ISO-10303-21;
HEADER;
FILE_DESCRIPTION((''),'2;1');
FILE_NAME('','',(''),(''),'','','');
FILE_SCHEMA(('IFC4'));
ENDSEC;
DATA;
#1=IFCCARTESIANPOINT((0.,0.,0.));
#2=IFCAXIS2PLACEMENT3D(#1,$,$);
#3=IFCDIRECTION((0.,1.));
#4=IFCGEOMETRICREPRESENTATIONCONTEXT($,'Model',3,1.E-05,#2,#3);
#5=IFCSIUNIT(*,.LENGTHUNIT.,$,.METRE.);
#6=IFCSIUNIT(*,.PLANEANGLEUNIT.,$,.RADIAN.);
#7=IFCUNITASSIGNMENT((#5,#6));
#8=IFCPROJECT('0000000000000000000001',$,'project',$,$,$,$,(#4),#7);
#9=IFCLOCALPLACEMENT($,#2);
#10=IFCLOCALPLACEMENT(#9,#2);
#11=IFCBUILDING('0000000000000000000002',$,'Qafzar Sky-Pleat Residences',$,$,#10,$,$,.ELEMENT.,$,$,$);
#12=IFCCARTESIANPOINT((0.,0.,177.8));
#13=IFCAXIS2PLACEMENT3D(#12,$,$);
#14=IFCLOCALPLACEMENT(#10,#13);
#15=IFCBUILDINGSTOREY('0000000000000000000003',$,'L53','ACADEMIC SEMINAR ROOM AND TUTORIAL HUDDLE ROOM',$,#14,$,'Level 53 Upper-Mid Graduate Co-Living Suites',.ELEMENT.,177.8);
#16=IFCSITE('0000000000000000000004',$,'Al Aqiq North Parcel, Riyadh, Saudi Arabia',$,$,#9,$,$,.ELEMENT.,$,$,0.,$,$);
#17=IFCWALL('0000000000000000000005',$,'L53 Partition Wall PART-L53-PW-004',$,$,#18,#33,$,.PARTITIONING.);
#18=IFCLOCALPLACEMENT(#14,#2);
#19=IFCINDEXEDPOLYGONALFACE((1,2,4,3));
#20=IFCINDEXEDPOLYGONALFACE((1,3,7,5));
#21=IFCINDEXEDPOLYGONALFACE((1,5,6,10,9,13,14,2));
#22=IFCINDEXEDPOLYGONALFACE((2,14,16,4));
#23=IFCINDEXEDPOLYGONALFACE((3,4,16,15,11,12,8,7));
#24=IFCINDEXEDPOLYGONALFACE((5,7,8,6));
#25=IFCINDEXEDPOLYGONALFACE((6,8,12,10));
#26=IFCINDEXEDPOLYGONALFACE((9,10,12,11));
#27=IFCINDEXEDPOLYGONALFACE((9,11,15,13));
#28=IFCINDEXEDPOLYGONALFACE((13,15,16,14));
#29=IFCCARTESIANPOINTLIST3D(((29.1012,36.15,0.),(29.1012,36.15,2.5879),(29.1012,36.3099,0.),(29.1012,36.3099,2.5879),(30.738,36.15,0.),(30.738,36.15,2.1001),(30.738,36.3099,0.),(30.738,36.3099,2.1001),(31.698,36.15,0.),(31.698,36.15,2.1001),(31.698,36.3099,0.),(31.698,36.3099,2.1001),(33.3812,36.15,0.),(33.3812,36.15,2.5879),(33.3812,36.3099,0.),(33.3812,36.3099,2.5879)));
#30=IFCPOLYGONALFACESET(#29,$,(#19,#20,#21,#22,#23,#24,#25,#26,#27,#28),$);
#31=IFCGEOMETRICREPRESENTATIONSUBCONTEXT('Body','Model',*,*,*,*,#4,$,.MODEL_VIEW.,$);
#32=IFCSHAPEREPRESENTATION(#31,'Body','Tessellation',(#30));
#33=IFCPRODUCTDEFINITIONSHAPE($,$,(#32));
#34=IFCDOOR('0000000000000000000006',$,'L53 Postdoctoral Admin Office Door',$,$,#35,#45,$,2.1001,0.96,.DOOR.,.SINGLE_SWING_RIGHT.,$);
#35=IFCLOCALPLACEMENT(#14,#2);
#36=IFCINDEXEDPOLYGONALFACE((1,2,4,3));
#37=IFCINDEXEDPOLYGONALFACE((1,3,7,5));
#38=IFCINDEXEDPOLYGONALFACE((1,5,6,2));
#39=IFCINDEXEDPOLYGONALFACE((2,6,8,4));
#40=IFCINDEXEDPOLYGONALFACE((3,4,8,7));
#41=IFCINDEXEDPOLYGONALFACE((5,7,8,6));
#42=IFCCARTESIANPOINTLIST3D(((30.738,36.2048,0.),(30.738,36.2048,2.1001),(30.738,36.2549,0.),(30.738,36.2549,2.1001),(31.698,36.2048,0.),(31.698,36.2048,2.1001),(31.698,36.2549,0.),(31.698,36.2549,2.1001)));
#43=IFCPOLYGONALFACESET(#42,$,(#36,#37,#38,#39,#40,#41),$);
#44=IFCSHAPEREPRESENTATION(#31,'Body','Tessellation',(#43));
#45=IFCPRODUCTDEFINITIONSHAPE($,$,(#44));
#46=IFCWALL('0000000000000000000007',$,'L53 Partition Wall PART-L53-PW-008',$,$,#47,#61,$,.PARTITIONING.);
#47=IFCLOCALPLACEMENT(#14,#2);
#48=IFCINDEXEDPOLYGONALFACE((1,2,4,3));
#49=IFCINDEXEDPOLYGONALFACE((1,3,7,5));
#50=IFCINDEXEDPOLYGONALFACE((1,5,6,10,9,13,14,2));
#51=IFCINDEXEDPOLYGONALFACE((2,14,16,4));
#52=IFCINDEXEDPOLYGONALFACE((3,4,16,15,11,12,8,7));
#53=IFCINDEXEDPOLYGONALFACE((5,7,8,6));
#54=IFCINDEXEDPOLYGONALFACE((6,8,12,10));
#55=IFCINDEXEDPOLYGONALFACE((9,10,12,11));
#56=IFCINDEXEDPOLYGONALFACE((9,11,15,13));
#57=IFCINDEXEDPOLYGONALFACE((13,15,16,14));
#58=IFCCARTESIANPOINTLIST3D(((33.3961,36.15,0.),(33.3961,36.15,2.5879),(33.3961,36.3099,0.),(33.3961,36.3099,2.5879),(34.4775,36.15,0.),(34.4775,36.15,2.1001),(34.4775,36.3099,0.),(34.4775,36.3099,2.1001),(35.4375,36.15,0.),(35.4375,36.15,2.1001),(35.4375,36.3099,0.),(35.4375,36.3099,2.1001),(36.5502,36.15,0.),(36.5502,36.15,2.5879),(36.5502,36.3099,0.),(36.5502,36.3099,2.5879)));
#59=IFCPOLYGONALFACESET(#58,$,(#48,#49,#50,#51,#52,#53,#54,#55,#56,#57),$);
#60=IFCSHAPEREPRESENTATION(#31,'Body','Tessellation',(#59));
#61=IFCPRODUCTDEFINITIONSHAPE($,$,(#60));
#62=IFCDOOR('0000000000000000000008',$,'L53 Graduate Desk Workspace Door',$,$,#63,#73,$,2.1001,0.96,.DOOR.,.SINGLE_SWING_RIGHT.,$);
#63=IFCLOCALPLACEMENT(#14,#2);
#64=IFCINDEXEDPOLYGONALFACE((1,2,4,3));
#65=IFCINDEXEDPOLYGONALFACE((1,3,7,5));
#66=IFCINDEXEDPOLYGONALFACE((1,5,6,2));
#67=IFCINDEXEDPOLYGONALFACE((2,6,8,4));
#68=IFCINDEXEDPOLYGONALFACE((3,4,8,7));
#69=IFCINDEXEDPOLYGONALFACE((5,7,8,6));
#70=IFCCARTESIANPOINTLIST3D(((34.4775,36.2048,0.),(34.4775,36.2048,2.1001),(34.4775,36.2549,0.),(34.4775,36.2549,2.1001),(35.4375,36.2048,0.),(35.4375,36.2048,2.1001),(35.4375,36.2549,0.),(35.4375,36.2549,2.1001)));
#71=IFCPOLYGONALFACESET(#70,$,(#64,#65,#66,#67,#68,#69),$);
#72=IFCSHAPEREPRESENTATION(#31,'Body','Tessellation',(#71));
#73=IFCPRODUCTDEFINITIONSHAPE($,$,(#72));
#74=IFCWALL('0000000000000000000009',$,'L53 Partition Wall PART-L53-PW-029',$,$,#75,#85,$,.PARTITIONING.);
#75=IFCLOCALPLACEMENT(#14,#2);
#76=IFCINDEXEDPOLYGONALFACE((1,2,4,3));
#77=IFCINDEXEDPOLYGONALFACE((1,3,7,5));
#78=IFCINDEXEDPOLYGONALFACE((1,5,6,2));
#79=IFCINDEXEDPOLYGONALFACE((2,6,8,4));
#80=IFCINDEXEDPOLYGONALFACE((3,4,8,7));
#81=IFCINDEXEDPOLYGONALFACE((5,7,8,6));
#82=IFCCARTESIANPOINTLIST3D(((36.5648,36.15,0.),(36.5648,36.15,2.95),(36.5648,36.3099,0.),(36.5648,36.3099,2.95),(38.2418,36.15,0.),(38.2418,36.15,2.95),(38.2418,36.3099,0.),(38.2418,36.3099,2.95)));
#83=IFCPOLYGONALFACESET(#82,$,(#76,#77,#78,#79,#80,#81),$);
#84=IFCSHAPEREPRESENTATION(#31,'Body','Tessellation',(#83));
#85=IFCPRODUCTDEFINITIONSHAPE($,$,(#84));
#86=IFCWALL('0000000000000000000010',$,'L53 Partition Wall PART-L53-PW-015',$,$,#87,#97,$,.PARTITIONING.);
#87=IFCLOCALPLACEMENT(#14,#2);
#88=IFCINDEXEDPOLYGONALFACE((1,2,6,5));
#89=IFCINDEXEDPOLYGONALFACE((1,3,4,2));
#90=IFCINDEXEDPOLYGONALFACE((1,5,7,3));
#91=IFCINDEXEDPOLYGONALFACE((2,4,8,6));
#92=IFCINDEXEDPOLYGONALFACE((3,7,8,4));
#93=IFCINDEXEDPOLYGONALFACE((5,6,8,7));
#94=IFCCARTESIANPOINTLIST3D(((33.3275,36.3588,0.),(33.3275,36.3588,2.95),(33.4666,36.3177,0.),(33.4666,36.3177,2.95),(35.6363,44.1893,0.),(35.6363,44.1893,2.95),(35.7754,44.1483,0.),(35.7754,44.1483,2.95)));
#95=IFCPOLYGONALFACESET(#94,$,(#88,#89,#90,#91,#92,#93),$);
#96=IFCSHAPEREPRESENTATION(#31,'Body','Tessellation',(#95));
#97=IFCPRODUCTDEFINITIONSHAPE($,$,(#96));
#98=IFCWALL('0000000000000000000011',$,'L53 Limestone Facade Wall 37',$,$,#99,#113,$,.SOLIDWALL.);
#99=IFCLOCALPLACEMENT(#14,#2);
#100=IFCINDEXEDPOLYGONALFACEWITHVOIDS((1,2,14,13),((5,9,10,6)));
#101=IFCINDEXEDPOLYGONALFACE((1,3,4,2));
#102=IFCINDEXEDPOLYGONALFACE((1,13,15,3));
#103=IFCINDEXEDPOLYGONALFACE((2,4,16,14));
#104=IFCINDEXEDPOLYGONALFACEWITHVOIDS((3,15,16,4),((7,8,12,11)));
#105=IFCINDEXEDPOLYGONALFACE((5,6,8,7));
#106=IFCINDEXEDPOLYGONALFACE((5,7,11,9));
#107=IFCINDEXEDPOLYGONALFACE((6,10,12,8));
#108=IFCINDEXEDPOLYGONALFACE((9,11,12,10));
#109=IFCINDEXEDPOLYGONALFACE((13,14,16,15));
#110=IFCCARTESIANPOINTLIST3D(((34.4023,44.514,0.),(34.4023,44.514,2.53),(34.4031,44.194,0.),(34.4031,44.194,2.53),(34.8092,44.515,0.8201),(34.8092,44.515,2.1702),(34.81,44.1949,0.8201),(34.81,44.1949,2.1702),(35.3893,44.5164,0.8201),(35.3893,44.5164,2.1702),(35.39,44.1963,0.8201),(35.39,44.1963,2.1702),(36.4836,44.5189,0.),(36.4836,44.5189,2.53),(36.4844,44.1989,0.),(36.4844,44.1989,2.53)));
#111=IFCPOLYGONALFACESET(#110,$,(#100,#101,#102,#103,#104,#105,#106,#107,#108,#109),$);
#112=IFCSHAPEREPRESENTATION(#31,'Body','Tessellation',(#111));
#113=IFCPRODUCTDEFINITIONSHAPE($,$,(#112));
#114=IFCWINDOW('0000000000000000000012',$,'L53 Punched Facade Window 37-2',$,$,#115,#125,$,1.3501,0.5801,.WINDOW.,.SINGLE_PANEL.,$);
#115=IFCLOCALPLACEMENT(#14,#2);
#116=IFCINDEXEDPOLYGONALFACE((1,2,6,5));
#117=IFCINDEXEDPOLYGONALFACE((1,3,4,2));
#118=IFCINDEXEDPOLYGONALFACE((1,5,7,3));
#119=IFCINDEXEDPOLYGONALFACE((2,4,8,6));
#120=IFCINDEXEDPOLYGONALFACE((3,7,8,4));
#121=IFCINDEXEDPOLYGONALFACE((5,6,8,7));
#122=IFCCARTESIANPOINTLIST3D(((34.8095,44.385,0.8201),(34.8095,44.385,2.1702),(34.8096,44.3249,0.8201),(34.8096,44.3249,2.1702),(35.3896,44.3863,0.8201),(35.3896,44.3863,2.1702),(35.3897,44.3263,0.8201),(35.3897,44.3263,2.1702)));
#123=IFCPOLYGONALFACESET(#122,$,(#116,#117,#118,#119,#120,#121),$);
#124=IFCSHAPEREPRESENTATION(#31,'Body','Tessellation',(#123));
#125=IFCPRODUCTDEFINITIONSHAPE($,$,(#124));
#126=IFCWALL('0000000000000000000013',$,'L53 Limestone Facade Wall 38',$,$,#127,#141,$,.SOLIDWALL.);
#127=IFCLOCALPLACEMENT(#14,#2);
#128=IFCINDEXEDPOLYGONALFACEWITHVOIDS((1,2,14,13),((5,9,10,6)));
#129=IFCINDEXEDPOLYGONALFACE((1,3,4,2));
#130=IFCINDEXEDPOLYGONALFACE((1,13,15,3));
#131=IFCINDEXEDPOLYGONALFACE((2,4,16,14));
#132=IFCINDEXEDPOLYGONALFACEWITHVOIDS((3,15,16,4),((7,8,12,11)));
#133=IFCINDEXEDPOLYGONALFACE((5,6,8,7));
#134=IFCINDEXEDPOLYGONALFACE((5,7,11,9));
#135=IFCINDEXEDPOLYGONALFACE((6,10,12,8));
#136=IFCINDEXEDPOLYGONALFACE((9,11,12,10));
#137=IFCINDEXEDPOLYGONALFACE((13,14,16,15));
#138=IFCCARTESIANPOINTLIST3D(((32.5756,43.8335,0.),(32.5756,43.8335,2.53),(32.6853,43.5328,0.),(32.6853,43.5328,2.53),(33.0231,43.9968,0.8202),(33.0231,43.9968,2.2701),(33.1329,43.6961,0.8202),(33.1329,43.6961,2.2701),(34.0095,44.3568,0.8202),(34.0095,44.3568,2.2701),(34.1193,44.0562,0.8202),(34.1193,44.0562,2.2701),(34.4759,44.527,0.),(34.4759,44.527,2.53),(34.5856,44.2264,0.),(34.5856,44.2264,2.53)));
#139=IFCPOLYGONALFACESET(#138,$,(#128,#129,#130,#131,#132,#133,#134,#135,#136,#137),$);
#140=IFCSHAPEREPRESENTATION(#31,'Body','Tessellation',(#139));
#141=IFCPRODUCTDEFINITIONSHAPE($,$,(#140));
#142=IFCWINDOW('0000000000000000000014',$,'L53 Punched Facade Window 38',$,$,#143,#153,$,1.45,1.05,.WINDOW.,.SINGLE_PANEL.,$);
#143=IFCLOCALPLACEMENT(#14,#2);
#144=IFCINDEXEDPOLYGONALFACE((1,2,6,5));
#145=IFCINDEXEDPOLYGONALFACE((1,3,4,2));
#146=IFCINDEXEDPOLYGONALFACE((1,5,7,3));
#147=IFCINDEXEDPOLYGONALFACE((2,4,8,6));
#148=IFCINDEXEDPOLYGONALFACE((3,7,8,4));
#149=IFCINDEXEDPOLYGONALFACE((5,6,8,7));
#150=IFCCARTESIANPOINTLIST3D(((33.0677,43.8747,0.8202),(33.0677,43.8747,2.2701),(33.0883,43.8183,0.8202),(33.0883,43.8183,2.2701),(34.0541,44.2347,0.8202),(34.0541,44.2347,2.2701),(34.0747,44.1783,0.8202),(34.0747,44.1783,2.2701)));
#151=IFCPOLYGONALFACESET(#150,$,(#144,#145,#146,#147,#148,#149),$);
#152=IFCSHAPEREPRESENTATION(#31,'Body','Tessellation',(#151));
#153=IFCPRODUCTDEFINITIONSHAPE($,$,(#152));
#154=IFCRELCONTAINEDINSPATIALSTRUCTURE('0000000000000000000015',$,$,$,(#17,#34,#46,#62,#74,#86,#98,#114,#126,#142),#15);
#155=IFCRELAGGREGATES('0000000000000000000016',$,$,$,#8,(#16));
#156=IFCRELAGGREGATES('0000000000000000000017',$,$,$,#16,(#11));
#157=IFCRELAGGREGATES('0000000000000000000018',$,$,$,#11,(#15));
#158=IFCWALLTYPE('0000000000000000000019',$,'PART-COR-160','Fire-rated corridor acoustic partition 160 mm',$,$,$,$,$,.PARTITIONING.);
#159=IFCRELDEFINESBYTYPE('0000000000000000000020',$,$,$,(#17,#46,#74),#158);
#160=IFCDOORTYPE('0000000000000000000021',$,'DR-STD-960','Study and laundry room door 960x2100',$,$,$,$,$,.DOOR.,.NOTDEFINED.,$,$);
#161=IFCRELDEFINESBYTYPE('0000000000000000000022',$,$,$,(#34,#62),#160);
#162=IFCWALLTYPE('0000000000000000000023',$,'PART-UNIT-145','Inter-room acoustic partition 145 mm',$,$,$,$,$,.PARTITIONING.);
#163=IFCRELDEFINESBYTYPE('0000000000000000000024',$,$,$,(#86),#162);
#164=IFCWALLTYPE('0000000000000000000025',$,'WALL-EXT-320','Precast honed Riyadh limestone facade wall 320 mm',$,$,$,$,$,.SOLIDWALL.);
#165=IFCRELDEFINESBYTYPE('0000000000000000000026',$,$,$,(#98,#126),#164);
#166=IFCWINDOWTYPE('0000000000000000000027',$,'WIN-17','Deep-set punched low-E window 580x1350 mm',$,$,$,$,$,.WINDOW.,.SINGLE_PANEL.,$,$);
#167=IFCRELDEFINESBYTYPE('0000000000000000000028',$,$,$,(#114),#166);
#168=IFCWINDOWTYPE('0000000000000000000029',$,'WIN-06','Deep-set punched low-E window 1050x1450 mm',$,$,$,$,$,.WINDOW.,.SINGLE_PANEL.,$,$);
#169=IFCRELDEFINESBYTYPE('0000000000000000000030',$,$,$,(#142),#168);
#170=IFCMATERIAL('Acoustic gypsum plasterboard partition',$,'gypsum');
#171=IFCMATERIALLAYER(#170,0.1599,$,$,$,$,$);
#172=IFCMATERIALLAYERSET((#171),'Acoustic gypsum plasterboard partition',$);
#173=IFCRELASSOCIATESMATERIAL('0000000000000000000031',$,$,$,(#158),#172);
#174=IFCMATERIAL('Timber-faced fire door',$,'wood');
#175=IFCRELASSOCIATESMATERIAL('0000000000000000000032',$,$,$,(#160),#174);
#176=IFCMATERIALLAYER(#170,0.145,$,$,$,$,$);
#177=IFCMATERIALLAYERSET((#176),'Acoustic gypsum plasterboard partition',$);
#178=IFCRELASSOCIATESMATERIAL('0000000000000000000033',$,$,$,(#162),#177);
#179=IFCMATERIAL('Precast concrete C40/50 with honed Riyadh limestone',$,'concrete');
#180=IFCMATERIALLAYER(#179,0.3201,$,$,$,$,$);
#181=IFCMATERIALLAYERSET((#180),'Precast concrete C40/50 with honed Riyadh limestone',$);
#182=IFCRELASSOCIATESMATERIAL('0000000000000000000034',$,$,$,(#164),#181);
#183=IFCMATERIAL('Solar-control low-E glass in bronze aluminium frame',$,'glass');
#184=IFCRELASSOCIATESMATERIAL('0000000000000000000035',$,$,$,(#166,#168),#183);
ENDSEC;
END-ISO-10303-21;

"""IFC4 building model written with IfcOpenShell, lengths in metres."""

from ifc_helpers import new_model, si_unit, direction, frame, frame_2d, origin, place, context, subcontext, project, spatial, rectangle, extrude, source, transform, mapped, material, layer, layer_set, type_object, element, fill, save


model = new_model("IFC4")

# Units and contexts
model_context = context("Model", 3, precision=1e-05, world=origin(), true_north=direction((0.0, 1.0)))
body_context = subcontext(model_context, "Body", "Model", "MODEL_VIEW")
ifc_project = project(units=[si_unit("LENGTHUNIT", "METRE"), si_unit("PLANEANGLEUNIT", "RADIAN")], contexts=[model_context])

# Site, building, storey
site_placement = place(None, origin())
site = spatial("IfcSite", under=ifc_project, at=site_placement, Name="Al Aqiq North Parcel, Riyadh, Saudi Arabia", CompositionType="ELEMENT", RefElevation=0.0)
building_placement = place(site_placement, origin())
building = spatial("IfcBuilding", under=site, at=building_placement, Name="Qafzar Sky-Pleat Residences", CompositionType="ELEMENT")
storey_placement = place(building_placement, frame((0.0, 0.0, 177.8)))
storey = spatial("IfcBuildingStorey", under=building, at=storey_placement, Name="L53", Description="ACADEMIC SEMINAR ROOM AND TUTORIAL HUDDLE ROOM", LongName="Level 53 Upper-Mid Graduate Co-Living Suites", CompositionType="ELEMENT", Elevation=177.8)

# Walls, openings, doors
ifc_material_1 = material(Name="Acoustic gypsum plasterboard partition", Category="gypsum")
ifc_layer_1 = layer(ifc_material_1, 0.1599)
ifc_layer_set_1 = layer_set([ifc_layer_1], Name="Acoustic gypsum plasterboard partition")
wall_type_1 = type_object("IfcWallType", Name="PART-COR-160", Description="Fire-rated corridor acoustic partition 160 mm", PredefinedType="PARTITIONING", material=ifc_layer_set_1)
wall_1_placement = place(storey_placement, frame((29.1011, 36.23, 0.0), z_axis=(0.0, 0.0, 1.0), x_axis=(1.0, 0.0, 0.0)))
wall_1 = element("IfcWall", 1, at=wall_1_placement, inside=storey, type_object=wall_type_1, Name="L53 Partition Wall PART-L53-PW-004", PredefinedType="PARTITIONING", context=body_context, shape_type="SweptSolid", body=[
    extrude(rectangle(XDim=4.28, YDim=0.1599, at=frame_2d((2.1401, 0.0))), origin(), (0.0, 0.0, 1.0), 2.5879),
])
opening_1_placement = place(wall_1_placement, frame((1.637, 0.0, 0.0)))
opening_1 = element("IfcOpeningElement", 2, at=opening_1_placement, cuts=wall_1, PredefinedType="OPENING", context=body_context, shape_type="SweptSolid", body=[
    extrude(rectangle(XDim=0.96, YDim=2.1001, at=frame_2d((0.48, 1.05))), frame((0.0, 0.0898, 0.0), z_axis=(0.0, -1.0, 0.0), x_axis=(1.0, 0.0, 0.0)), (0.0, 0.0, 1.0), 0.1799),
])
ifc_material_2 = material(Name="Timber-faced fire door", Category="wood")
door_type_1 = type_object("IfcDoorType", Name="DR-STD-960", Description="Study and laundry room door 960x2100", OperationType="NOTDEFINED", PredefinedType="DOOR", material=ifc_material_2)
shared_shape_1 = source(origin(), body_context, "Body", "SweptSolid", [
    extrude(rectangle(XDim=0.96, YDim=2.1001, at=frame_2d((0.48, 1.05))), frame((0.0, 0.0249, 0.0), z_axis=(0.0, -1.0, 0.0), x_axis=(1.0, 0.0, 0.0)), (0.0, 0.0, 1.0), 0.05),
])
door_1_placement = place(opening_1_placement, origin())
door_1 = element("IfcDoor", 3, at=door_1_placement, inside=storey, type_object=door_type_1, Name="L53 Postdoctoral Admin Office Door", OperationType="SINGLE_SWING_RIGHT", OverallHeight=2.1001, OverallWidth=0.96, PredefinedType="DOOR", context=body_context, shape_type="MappedRepresentation", body=[
    mapped(shared_shape_1, transform((0.0, 0.0, 0.0), x_axis=(1.0, 0.0, 0.0), y_axis=(0.0, 1.0, 0.0), z_axis=(0.0, 0.0, 1.0), scale=1.0)),
])
fill(opening_1, door_1)
wall_2_placement = place(storey_placement, frame((33.396, 36.23, 0.0), z_axis=(0.0, 0.0, 1.0), x_axis=(1.0, 0.0, 0.0)))
wall_2 = element("IfcWall", 4, at=wall_2_placement, inside=storey, type_object=wall_type_1, Name="L53 Partition Wall PART-L53-PW-008", PredefinedType="PARTITIONING", context=body_context, shape_type="SweptSolid", body=[
    extrude(rectangle(XDim=3.1541, YDim=0.1599, at=frame_2d((1.5771, 0.0))), origin(), (0.0, 0.0, 1.0), 2.5879),
])
opening_2_placement = place(wall_2_placement, frame((1.0815, 0.0, 0.0)))
opening_2 = element("IfcOpeningElement", 5, at=opening_2_placement, cuts=wall_2, PredefinedType="OPENING", context=body_context, shape_type="SweptSolid", body=[
    extrude(rectangle(XDim=0.96, YDim=2.1001, at=frame_2d((0.48, 1.05))), frame((0.0, 0.0898, 0.0), z_axis=(0.0, -1.0, 0.0), x_axis=(1.0, 0.0, 0.0)), (0.0, 0.0, 1.0), 0.1799),
])
door_2_placement = place(opening_2_placement, origin())
door_2 = element("IfcDoor", 6, at=door_2_placement, inside=storey, type_object=door_type_1, Name="L53 Graduate Desk Workspace Door", OperationType="SINGLE_SWING_RIGHT", OverallHeight=2.1001, OverallWidth=0.96, PredefinedType="DOOR", context=body_context, shape_type="MappedRepresentation", body=[
    mapped(shared_shape_1, transform((0.0, 0.0, 0.0), x_axis=(1.0, 0.0, 0.0), y_axis=(0.0, 1.0, 0.0), z_axis=(0.0, 0.0, 1.0), scale=1.0)),
])
fill(opening_2, door_2)

# Walls
wall_3_placement = place(storey_placement, frame((36.5649, 36.23, 0.0), z_axis=(0.0, 0.0, 1.0), x_axis=(1.0, 0.0, 0.0)))
element("IfcWall", 7, at=wall_3_placement, inside=storey, type_object=wall_type_1, Name="L53 Partition Wall PART-L53-PW-029", PredefinedType="PARTITIONING", context=body_context, shape_type="SweptSolid", body=[
    extrude(rectangle(XDim=1.677, YDim=0.1599, at=frame_2d((0.8384, 0.0))), origin(), (0.0, 0.0, 1.0), 2.95),
])
ifc_layer_2 = layer(ifc_material_1, 0.145)
ifc_layer_set_2 = layer_set([ifc_layer_2], Name="Acoustic gypsum plasterboard partition")
wall_type_2 = type_object("IfcWallType", Name="PART-UNIT-145", Description="Inter-room acoustic partition 145 mm", PredefinedType="PARTITIONING", material=ifc_layer_set_2)
wall_4_placement = place(storey_placement, frame((33.397, 36.3381, 0.0), z_axis=(0.0, 0.0, 1.0), x_axis=(0.282812, 0.959175, 0.0)))
element("IfcWall", 8, at=wall_4_placement, inside=storey, type_object=wall_type_2, Name="L53 Partition Wall PART-L53-PW-015", PredefinedType="PARTITIONING", context=body_context, shape_type="SweptSolid", body=[
    extrude(rectangle(XDim=8.1638, YDim=0.145, at=frame_2d((4.082, 0.0))), origin(), (0.0, 0.0, 1.0), 2.95),
])

# Walls, openings, windows
ifc_material_3 = material(Name="Precast concrete C40/50 with honed Riyadh limestone", Category="concrete")
ifc_layer_3 = layer(ifc_material_3, 0.3201)
ifc_layer_set_3 = layer_set([ifc_layer_3], Name="Precast concrete C40/50 with honed Riyadh limestone")
wall_type_3 = type_object("IfcWallType", Name="WALL-EXT-320", Description="Precast honed Riyadh limestone facade wall 320 mm", PredefinedType="SOLIDWALL", material=ifc_layer_set_3)
wall_5_placement = place(storey_placement, frame((36.4839, 44.3589, 0.0), z_axis=(0.0, 0.0, 1.0), x_axis=(-0.999997, -0.002346, 0.0)))
wall_5 = element("IfcWall", 9, at=wall_5_placement, inside=storey, type_object=wall_type_3, Name="L53 Limestone Facade Wall 37", PredefinedType="SOLIDWALL", context=body_context, shape_type="SweptSolid", body=[
    extrude(rectangle(XDim=2.0813, YDim=0.3201, at=frame_2d((1.0405, 0.0))), origin(), (0.0, 0.0, 1.0), 2.53),
])
opening_3_placement = place(wall_5_placement, frame((1.0942, 0.0, 0.8201)))
opening_3 = element("IfcOpeningElement", 10, at=opening_3_placement, cuts=wall_5, PredefinedType="OPENING", context=body_context, shape_type="SweptSolid", body=[
    extrude(rectangle(XDim=0.5801, YDim=1.3501, at=frame_2d((0.29, 0.675))), frame((0.0, 0.1699, 0.0), z_axis=(0.0, -1.0, 0.0), x_axis=(1.0, 0.0, 0.0)), (0.0, 0.0, 1.0), 0.3401),
])
ifc_material_4 = material(Name="Solar-control low-E glass in bronze aluminium frame", Category="glass")
window_type_1 = type_object("IfcWindowType", Name="WIN-17", Description="Deep-set punched low-E window 580x1350 mm", PartitioningType="SINGLE_PANEL", PredefinedType="WINDOW", material=ifc_material_4)
shared_shape_2 = source(origin(), body_context, "Body", "SweptSolid", [
    extrude(rectangle(XDim=0.5801, YDim=1.3501, at=frame_2d((0.29, 0.675))), frame((0.0, 0.03, 0.0), z_axis=(0.0, -1.0, 0.0), x_axis=(1.0, 0.0, 0.0)), (0.0, 0.0, 1.0), 0.0601),
])
window_1_placement = place(opening_3_placement, origin())
window_1 = element("IfcWindow", 11, at=window_1_placement, inside=storey, type_object=window_type_1, Name="L53 Punched Facade Window 37-2", OverallHeight=1.3501, OverallWidth=0.5801, PartitioningType="SINGLE_PANEL", PredefinedType="WINDOW", context=body_context, shape_type="MappedRepresentation", body=[
    mapped(shared_shape_2, transform((0.0, 0.0, 0.0), x_axis=(1.0, 0.0, 0.0), y_axis=(0.0, 1.0, 0.0), z_axis=(0.0, 0.0, 1.0), scale=1.0)),
])
fill(opening_3, window_1)
wall_6_placement = place(storey_placement, frame((34.5308, 44.3767, 0.0), z_axis=(0.0, 0.0, 1.0), x_axis=(-0.939388, -0.342857, 0.0)))
wall_6 = element("IfcWall", 12, at=wall_6_placement, inside=storey, type_object=wall_type_3, Name="L53 Limestone Facade Wall 38", PredefinedType="SOLIDWALL", context=body_context, shape_type="SweptSolid", body=[
    extrude(rectangle(XDim=2.0229, YDim=0.3201, at=frame_2d((1.0115, 0.0))), origin(), (0.0, 0.0, 1.0), 2.53),
])
opening_4_placement = place(wall_6_placement, frame((0.4966, 0.0, 0.8201)))
opening_4 = element("IfcOpeningElement", 13, at=opening_4_placement, cuts=wall_6, PredefinedType="OPENING", context=body_context, shape_type="SweptSolid", body=[
    extrude(rectangle(XDim=1.05, YDim=1.45, at=frame_2d((0.5249, 0.7251))), frame((0.0, 0.1699, 0.0), z_axis=(0.0, -1.0, 0.0), x_axis=(1.0, 0.0, 0.0)), (0.0, 0.0, 1.0), 0.3401),
])
window_type_2 = type_object("IfcWindowType", Name="WIN-06", Description="Deep-set punched low-E window 1050x1450 mm", PartitioningType="SINGLE_PANEL", PredefinedType="WINDOW", material=ifc_material_4)
shared_shape_3 = source(origin(), body_context, "Body", "SweptSolid", [
    extrude(rectangle(XDim=1.05, YDim=1.45, at=frame_2d((0.5249, 0.7251))), frame((0.0, 0.03, 0.0), z_axis=(0.0, -1.0, 0.0), x_axis=(1.0, 0.0, 0.0)), (0.0, 0.0, 1.0), 0.0601),
])
window_2_placement = place(opening_4_placement, origin())
window_2 = element("IfcWindow", 14, at=window_2_placement, inside=storey, type_object=window_type_2, Name="L53 Punched Facade Window 38", OverallHeight=1.45, OverallWidth=1.05, PartitioningType="SINGLE_PANEL", PredefinedType="WINDOW", context=body_context, shape_type="MappedRepresentation", body=[
    mapped(shared_shape_3, transform((0.0, 0.0, 0.0), x_axis=(1.0, 0.0, 0.0), y_axis=(0.0, 1.0, 0.0), z_axis=(0.0, 0.0, 1.0), scale=1.0)),
])
fill(opening_4, window_2)

save(model, "model.ifc")
